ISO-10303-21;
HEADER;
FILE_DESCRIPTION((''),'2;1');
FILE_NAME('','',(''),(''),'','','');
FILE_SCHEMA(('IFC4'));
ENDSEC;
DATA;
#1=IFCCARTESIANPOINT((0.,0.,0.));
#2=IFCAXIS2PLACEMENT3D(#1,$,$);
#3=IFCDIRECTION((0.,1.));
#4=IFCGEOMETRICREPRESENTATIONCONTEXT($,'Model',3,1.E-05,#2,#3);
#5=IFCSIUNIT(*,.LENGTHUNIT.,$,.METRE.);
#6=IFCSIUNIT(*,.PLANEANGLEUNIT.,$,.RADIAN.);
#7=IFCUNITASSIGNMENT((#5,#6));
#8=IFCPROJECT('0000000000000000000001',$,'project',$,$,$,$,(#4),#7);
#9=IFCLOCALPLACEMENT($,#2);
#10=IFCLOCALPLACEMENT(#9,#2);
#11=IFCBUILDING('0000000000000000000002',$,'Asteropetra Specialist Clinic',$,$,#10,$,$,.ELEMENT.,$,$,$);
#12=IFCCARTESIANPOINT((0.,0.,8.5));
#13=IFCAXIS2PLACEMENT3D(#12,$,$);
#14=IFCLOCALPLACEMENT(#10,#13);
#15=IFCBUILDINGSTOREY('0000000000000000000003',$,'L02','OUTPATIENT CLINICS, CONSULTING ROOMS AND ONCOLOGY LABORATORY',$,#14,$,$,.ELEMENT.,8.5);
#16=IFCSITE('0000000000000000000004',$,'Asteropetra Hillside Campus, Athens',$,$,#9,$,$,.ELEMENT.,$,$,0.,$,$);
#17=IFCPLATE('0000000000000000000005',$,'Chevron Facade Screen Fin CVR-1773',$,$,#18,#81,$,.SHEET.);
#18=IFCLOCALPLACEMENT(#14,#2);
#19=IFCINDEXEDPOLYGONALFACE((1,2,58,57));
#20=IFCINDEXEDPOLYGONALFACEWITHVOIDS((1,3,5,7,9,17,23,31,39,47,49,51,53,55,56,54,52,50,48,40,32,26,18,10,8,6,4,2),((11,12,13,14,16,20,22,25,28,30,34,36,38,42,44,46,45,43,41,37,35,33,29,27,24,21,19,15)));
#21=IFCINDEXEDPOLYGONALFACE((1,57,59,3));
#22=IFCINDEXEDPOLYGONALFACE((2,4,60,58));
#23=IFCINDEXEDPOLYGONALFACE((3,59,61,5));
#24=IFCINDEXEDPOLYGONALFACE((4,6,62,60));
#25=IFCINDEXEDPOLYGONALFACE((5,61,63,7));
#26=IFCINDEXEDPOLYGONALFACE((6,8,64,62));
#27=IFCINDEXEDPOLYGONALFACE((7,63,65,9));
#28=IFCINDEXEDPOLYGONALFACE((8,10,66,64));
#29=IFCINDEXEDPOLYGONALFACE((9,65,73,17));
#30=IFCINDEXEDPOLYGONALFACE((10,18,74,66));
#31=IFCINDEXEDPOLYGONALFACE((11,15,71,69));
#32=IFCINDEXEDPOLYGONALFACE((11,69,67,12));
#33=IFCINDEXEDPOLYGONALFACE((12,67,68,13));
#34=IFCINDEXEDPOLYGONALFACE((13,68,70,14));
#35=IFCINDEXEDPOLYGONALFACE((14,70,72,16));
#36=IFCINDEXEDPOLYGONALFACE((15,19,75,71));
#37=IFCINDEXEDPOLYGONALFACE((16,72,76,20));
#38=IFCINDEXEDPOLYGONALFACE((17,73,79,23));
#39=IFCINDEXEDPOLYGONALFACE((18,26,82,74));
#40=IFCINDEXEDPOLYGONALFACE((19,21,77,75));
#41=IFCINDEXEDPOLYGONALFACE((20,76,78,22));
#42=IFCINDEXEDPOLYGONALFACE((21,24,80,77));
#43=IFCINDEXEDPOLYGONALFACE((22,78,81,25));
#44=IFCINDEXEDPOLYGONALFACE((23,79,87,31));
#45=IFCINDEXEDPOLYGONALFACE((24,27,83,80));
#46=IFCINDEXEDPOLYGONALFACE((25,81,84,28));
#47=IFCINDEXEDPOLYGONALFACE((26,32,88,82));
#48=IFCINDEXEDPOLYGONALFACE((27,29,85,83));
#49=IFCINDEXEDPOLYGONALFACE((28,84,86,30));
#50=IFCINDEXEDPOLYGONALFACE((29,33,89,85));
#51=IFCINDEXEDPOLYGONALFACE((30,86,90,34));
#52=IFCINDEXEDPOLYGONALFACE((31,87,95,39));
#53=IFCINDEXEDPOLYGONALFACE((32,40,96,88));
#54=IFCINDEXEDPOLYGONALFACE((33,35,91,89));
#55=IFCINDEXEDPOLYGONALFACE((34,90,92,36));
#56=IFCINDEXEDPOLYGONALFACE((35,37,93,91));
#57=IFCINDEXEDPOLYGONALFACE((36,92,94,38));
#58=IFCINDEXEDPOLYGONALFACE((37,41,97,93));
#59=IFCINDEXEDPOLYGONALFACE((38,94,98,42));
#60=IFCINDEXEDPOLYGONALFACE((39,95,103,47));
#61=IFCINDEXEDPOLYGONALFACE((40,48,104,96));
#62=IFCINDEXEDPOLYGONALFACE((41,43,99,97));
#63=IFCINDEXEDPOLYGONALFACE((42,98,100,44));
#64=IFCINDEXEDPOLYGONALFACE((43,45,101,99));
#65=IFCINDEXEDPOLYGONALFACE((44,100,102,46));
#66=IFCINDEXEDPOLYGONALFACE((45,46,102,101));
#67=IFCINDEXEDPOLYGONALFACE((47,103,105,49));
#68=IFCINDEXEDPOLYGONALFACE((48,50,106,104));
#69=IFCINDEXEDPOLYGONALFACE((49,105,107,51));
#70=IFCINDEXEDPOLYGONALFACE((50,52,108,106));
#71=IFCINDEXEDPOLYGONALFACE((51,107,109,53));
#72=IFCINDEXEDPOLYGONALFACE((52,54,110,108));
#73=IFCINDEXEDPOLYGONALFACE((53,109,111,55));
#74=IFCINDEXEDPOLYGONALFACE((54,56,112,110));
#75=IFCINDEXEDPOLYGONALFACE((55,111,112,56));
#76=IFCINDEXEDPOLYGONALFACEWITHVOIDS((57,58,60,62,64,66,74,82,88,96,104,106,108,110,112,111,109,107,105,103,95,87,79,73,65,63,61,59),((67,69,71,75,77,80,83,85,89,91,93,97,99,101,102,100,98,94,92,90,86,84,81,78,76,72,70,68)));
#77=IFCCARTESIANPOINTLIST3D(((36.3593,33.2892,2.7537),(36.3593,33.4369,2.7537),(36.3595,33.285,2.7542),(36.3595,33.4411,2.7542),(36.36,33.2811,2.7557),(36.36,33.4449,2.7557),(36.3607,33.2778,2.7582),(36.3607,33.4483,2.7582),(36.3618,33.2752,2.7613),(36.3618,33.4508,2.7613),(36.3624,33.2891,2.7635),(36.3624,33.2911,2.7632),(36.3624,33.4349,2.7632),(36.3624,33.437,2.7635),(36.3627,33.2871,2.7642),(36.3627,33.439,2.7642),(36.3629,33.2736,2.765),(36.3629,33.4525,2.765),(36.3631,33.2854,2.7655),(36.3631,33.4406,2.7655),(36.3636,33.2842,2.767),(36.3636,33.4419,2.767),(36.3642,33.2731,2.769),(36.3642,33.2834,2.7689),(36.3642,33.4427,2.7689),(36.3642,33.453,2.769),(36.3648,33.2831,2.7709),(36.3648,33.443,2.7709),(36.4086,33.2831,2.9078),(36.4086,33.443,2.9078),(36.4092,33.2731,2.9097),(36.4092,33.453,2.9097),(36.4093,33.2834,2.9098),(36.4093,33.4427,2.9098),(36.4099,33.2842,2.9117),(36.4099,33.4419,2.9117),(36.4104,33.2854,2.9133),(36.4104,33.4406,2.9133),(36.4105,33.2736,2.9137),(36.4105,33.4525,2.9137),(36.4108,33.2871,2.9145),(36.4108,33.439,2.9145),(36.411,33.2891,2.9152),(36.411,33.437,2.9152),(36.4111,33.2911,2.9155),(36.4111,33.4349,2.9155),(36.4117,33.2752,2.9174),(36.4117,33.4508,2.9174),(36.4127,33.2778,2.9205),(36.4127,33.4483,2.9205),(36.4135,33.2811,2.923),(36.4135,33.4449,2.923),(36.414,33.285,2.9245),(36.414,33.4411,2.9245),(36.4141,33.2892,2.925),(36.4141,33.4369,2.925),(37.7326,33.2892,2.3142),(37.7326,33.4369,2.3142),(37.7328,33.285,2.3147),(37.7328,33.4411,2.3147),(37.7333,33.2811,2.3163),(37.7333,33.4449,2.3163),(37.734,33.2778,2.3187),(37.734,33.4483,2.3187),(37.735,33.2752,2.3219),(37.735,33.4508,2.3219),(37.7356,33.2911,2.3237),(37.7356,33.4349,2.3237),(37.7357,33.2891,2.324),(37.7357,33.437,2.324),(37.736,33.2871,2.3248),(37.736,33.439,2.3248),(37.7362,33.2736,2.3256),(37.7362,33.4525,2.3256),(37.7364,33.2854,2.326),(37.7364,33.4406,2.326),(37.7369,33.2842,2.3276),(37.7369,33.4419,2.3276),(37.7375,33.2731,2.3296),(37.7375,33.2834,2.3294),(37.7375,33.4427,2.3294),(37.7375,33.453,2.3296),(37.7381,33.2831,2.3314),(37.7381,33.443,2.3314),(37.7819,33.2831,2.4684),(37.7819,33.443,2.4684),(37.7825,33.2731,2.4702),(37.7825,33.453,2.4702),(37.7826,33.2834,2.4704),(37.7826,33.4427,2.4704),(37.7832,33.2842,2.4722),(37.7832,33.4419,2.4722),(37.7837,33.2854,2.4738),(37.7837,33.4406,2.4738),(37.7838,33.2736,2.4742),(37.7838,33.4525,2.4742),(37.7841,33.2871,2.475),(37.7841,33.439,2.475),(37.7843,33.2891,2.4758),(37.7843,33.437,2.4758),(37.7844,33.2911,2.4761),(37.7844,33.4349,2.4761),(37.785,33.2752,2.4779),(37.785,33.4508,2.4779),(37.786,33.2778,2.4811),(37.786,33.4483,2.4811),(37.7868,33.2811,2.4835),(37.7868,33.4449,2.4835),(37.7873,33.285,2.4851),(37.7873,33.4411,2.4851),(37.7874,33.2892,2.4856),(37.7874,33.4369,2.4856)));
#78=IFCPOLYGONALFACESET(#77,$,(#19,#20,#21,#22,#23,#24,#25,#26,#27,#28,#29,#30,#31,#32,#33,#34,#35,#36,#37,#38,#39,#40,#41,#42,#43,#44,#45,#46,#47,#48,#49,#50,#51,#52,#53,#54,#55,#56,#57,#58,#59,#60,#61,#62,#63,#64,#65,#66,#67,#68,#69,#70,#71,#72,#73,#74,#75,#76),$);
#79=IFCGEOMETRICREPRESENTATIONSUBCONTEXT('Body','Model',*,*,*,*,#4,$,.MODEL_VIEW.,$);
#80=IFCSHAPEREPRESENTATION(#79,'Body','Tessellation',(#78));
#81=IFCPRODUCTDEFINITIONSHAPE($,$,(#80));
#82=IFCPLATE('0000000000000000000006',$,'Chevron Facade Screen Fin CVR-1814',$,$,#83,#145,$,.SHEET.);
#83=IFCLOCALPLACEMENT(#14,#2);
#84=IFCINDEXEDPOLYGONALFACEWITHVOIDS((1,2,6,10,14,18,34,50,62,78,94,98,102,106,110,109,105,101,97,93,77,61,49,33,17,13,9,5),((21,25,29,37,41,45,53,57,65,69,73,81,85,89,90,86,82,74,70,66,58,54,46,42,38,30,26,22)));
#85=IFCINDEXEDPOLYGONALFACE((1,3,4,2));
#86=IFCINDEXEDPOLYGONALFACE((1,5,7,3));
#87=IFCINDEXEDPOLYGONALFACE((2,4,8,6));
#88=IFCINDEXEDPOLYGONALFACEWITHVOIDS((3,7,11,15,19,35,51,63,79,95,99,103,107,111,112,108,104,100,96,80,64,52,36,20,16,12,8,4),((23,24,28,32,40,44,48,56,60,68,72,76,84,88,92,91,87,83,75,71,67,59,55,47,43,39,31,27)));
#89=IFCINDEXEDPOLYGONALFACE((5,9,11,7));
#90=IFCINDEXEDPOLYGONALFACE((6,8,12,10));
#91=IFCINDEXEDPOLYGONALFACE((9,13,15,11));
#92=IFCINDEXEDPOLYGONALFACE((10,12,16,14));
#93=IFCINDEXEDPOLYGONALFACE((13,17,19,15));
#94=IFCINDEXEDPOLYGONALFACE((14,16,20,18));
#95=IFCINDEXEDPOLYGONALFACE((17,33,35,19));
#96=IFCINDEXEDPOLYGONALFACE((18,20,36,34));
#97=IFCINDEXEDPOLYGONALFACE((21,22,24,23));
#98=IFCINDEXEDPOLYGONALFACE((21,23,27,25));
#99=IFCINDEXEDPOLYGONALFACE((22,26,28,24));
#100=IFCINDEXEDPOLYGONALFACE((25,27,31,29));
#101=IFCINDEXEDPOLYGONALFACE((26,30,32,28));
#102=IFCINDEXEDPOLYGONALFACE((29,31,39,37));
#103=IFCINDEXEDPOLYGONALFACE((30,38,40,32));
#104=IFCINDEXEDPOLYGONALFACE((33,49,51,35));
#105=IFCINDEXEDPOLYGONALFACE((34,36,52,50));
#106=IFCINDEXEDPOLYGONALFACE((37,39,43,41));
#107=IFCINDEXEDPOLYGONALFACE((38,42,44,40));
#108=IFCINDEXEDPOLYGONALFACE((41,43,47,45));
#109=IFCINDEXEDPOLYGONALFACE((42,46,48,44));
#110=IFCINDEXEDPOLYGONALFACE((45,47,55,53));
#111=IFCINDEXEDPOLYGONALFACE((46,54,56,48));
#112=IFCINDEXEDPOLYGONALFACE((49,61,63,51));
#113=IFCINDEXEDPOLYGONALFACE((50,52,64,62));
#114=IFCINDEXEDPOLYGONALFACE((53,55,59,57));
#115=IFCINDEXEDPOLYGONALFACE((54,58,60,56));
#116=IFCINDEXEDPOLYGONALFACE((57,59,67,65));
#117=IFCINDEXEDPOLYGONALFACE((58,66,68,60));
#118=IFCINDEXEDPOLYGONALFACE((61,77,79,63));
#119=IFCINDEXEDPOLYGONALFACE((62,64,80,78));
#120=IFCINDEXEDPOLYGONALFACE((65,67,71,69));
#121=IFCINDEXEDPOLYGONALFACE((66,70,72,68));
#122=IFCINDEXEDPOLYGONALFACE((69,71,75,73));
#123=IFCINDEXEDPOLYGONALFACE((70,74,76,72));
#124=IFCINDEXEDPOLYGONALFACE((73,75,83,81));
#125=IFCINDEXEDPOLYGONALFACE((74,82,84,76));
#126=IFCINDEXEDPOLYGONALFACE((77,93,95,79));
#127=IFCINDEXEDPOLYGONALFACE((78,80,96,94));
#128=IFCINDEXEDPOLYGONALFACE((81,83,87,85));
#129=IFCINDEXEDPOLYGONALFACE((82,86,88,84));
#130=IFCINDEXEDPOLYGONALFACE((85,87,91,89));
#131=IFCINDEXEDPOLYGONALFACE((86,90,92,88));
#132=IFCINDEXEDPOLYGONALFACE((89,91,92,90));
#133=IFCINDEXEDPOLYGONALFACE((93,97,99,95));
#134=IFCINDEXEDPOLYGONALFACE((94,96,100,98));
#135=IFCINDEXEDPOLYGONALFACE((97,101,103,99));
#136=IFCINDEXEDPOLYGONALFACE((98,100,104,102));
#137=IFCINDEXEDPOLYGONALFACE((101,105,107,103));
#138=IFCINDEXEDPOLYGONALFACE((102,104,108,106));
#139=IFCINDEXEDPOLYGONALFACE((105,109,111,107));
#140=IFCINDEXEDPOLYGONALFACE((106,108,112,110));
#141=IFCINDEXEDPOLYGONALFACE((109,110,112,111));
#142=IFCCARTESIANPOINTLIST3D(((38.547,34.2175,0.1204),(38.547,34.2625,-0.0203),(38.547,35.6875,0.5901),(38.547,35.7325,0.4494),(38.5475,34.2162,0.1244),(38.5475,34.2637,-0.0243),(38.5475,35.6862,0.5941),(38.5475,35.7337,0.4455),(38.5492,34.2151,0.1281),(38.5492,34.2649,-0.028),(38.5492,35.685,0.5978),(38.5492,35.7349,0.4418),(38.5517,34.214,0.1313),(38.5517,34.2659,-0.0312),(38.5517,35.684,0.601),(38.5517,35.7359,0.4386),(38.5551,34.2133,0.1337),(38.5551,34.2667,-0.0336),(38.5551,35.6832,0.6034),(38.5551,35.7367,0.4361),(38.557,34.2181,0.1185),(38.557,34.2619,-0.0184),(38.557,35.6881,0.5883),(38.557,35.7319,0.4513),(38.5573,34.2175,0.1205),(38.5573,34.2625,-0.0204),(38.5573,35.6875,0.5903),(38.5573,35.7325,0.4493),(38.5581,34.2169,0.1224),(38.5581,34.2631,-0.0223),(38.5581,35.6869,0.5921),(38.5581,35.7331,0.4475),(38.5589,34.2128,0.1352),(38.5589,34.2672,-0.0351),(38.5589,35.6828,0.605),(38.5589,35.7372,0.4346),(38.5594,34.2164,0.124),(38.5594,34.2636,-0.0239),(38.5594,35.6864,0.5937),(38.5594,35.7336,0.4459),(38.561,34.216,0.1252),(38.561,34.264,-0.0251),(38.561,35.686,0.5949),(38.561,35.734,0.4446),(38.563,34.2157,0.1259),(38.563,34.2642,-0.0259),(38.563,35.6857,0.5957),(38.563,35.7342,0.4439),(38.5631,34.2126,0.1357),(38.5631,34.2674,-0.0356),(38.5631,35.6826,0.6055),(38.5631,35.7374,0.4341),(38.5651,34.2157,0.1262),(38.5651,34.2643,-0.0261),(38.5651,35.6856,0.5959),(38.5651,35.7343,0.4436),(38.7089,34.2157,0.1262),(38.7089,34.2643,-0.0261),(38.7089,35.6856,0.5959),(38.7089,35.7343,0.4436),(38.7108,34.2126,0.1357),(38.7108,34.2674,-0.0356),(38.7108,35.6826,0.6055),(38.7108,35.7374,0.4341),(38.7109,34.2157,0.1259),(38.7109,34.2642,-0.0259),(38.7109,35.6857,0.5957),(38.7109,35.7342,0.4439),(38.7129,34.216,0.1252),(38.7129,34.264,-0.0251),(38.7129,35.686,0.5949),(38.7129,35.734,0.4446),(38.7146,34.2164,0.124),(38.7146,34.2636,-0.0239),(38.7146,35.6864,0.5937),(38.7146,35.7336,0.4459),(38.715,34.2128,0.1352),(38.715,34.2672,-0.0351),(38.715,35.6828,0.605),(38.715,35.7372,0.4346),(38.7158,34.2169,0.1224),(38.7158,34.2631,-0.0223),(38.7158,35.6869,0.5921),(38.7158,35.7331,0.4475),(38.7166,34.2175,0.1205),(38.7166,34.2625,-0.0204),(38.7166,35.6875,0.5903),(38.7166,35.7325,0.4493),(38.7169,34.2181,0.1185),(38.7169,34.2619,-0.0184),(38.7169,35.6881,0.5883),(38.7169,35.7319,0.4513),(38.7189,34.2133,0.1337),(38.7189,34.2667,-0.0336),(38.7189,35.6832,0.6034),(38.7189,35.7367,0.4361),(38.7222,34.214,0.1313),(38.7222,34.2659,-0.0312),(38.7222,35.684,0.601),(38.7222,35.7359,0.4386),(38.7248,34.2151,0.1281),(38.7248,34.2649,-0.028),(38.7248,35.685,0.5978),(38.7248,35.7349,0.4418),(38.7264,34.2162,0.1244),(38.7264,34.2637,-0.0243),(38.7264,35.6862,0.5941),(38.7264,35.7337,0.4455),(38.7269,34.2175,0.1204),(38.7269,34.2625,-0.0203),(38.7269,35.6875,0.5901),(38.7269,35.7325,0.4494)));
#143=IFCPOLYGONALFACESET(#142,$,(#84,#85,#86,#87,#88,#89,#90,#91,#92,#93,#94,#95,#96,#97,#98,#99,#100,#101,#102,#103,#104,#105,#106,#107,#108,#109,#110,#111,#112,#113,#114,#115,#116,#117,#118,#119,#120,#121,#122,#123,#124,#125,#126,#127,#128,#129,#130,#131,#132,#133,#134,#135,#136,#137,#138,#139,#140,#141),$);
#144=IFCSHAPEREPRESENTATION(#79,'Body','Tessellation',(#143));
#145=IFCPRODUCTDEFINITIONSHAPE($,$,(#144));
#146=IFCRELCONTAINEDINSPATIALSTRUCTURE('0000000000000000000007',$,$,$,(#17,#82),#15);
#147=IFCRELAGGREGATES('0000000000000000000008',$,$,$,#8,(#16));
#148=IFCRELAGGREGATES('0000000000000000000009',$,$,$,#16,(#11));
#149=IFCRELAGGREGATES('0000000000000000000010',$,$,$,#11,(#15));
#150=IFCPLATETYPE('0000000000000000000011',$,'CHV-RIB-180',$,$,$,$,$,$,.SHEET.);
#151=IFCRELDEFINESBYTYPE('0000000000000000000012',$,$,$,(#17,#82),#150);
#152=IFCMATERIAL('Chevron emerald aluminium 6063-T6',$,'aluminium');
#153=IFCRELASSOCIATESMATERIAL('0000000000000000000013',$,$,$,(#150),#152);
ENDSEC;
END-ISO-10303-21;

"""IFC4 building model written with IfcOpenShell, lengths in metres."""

from ifc_helpers import new_model, si_unit, direction, frame, origin, origin_2d, place, context, subcontext, project, spatial, hollow_rectangle, extrude, material, material_profile, profile_set, type_object, element, save


model = new_model("IFC4")

# Units and contexts
model_context = context("Model", 3, precision=1e-05, world=origin(), true_north=direction((0.0, 1.0)))
body_context = subcontext(model_context, "Body", "Model", "MODEL_VIEW")
ifc_project = project(units=[si_unit("LENGTHUNIT", "METRE"), si_unit("PLANEANGLEUNIT", "RADIAN")], contexts=[model_context])

# Site, building, storey
site_placement = place(None, origin())
site = spatial("IfcSite", under=ifc_project, at=site_placement, Name="Asteropetra Hillside Campus, Athens", CompositionType="ELEMENT", RefElevation=0.0)
building_placement = place(site_placement, origin())
building = spatial("IfcBuilding", under=site, at=building_placement, Name="Asteropetra Specialist Clinic", CompositionType="ELEMENT")
storey_placement = place(building_placement, frame((0.0, 0.0, 8.5)))
storey = spatial("IfcBuildingStorey", under=building, at=storey_placement, Name="L02", Description="OUTPATIENT CLINICS, CONSULTING ROOMS AND ONCOLOGY LABORATORY", CompositionType="ELEMENT", Elevation=8.5)

# Plates
ifc_material_1 = material(Name="Chevron emerald aluminium 6063-T6", Category="aluminium")
ifc_material_profile_1 = material_profile(ifc_material_1, hollow_rectangle(XDim=0.1799, YDim=0.1799, WallThickness=0.01, InnerFilletRadius=0.0081, OuterFilletRadius=0.0161, at=origin_2d()), Name="SHS 180x180x10.0")
ifc_profile_set_1 = profile_set([ifc_material_profile_1], Name="Chevron emerald aluminium 6063-T6")
plate_type_1 = type_object("IfcPlateType", Name="CHV-RIB-180", PredefinedType="SHEET", material=ifc_profile_set_1)
for number, where, z_axis, x_axis, name in (
    (1, (36.3867, 33.363, 2.8394), (0.952424, 0.0, -0.304776), (0.0, 1.0, 0.0), "Chevron Facade Screen Fin CVR-1773"),
):
    element("IfcPlate", number, at=place(storey_placement, frame(where, z_axis=z_axis, x_axis=x_axis)), inside=storey, type_object=plate_type_1, Name=name, PredefinedType="SHEET", context=body_context, shape_type="SweptSolid", body=[
        extrude(hollow_rectangle(XDim=0.1799, YDim=0.1799, WallThickness=0.01, InnerFilletRadius=0.0081, OuterFilletRadius=0.0161, at=origin_2d()), origin(), (0.0, 0.0, 1.0), 1.4419),
    ])
for number, where, z_axis, x_axis, name in (
    (2, (38.637, 34.24, 0.05), (0.0, 0.952549, 0.304385), (-1.0, 0.0, 0.0), "Chevron Facade Screen Fin CVR-1814"),
):
    element("IfcPlate", number, at=place(storey_placement, frame(where, z_axis=z_axis, x_axis=x_axis)), inside=storey, type_object=plate_type_1, Name=name, PredefinedType="SHEET", context=body_context, shape_type="SweptSolid", body=[
        extrude(hollow_rectangle(XDim=0.1799, YDim=0.1799, WallThickness=0.01, InnerFilletRadius=0.0081, OuterFilletRadius=0.0161, at=origin_2d()), origin(), (0.0, 0.0, 1.0), 1.5432),
    ])

save(model, "model.ifc")
